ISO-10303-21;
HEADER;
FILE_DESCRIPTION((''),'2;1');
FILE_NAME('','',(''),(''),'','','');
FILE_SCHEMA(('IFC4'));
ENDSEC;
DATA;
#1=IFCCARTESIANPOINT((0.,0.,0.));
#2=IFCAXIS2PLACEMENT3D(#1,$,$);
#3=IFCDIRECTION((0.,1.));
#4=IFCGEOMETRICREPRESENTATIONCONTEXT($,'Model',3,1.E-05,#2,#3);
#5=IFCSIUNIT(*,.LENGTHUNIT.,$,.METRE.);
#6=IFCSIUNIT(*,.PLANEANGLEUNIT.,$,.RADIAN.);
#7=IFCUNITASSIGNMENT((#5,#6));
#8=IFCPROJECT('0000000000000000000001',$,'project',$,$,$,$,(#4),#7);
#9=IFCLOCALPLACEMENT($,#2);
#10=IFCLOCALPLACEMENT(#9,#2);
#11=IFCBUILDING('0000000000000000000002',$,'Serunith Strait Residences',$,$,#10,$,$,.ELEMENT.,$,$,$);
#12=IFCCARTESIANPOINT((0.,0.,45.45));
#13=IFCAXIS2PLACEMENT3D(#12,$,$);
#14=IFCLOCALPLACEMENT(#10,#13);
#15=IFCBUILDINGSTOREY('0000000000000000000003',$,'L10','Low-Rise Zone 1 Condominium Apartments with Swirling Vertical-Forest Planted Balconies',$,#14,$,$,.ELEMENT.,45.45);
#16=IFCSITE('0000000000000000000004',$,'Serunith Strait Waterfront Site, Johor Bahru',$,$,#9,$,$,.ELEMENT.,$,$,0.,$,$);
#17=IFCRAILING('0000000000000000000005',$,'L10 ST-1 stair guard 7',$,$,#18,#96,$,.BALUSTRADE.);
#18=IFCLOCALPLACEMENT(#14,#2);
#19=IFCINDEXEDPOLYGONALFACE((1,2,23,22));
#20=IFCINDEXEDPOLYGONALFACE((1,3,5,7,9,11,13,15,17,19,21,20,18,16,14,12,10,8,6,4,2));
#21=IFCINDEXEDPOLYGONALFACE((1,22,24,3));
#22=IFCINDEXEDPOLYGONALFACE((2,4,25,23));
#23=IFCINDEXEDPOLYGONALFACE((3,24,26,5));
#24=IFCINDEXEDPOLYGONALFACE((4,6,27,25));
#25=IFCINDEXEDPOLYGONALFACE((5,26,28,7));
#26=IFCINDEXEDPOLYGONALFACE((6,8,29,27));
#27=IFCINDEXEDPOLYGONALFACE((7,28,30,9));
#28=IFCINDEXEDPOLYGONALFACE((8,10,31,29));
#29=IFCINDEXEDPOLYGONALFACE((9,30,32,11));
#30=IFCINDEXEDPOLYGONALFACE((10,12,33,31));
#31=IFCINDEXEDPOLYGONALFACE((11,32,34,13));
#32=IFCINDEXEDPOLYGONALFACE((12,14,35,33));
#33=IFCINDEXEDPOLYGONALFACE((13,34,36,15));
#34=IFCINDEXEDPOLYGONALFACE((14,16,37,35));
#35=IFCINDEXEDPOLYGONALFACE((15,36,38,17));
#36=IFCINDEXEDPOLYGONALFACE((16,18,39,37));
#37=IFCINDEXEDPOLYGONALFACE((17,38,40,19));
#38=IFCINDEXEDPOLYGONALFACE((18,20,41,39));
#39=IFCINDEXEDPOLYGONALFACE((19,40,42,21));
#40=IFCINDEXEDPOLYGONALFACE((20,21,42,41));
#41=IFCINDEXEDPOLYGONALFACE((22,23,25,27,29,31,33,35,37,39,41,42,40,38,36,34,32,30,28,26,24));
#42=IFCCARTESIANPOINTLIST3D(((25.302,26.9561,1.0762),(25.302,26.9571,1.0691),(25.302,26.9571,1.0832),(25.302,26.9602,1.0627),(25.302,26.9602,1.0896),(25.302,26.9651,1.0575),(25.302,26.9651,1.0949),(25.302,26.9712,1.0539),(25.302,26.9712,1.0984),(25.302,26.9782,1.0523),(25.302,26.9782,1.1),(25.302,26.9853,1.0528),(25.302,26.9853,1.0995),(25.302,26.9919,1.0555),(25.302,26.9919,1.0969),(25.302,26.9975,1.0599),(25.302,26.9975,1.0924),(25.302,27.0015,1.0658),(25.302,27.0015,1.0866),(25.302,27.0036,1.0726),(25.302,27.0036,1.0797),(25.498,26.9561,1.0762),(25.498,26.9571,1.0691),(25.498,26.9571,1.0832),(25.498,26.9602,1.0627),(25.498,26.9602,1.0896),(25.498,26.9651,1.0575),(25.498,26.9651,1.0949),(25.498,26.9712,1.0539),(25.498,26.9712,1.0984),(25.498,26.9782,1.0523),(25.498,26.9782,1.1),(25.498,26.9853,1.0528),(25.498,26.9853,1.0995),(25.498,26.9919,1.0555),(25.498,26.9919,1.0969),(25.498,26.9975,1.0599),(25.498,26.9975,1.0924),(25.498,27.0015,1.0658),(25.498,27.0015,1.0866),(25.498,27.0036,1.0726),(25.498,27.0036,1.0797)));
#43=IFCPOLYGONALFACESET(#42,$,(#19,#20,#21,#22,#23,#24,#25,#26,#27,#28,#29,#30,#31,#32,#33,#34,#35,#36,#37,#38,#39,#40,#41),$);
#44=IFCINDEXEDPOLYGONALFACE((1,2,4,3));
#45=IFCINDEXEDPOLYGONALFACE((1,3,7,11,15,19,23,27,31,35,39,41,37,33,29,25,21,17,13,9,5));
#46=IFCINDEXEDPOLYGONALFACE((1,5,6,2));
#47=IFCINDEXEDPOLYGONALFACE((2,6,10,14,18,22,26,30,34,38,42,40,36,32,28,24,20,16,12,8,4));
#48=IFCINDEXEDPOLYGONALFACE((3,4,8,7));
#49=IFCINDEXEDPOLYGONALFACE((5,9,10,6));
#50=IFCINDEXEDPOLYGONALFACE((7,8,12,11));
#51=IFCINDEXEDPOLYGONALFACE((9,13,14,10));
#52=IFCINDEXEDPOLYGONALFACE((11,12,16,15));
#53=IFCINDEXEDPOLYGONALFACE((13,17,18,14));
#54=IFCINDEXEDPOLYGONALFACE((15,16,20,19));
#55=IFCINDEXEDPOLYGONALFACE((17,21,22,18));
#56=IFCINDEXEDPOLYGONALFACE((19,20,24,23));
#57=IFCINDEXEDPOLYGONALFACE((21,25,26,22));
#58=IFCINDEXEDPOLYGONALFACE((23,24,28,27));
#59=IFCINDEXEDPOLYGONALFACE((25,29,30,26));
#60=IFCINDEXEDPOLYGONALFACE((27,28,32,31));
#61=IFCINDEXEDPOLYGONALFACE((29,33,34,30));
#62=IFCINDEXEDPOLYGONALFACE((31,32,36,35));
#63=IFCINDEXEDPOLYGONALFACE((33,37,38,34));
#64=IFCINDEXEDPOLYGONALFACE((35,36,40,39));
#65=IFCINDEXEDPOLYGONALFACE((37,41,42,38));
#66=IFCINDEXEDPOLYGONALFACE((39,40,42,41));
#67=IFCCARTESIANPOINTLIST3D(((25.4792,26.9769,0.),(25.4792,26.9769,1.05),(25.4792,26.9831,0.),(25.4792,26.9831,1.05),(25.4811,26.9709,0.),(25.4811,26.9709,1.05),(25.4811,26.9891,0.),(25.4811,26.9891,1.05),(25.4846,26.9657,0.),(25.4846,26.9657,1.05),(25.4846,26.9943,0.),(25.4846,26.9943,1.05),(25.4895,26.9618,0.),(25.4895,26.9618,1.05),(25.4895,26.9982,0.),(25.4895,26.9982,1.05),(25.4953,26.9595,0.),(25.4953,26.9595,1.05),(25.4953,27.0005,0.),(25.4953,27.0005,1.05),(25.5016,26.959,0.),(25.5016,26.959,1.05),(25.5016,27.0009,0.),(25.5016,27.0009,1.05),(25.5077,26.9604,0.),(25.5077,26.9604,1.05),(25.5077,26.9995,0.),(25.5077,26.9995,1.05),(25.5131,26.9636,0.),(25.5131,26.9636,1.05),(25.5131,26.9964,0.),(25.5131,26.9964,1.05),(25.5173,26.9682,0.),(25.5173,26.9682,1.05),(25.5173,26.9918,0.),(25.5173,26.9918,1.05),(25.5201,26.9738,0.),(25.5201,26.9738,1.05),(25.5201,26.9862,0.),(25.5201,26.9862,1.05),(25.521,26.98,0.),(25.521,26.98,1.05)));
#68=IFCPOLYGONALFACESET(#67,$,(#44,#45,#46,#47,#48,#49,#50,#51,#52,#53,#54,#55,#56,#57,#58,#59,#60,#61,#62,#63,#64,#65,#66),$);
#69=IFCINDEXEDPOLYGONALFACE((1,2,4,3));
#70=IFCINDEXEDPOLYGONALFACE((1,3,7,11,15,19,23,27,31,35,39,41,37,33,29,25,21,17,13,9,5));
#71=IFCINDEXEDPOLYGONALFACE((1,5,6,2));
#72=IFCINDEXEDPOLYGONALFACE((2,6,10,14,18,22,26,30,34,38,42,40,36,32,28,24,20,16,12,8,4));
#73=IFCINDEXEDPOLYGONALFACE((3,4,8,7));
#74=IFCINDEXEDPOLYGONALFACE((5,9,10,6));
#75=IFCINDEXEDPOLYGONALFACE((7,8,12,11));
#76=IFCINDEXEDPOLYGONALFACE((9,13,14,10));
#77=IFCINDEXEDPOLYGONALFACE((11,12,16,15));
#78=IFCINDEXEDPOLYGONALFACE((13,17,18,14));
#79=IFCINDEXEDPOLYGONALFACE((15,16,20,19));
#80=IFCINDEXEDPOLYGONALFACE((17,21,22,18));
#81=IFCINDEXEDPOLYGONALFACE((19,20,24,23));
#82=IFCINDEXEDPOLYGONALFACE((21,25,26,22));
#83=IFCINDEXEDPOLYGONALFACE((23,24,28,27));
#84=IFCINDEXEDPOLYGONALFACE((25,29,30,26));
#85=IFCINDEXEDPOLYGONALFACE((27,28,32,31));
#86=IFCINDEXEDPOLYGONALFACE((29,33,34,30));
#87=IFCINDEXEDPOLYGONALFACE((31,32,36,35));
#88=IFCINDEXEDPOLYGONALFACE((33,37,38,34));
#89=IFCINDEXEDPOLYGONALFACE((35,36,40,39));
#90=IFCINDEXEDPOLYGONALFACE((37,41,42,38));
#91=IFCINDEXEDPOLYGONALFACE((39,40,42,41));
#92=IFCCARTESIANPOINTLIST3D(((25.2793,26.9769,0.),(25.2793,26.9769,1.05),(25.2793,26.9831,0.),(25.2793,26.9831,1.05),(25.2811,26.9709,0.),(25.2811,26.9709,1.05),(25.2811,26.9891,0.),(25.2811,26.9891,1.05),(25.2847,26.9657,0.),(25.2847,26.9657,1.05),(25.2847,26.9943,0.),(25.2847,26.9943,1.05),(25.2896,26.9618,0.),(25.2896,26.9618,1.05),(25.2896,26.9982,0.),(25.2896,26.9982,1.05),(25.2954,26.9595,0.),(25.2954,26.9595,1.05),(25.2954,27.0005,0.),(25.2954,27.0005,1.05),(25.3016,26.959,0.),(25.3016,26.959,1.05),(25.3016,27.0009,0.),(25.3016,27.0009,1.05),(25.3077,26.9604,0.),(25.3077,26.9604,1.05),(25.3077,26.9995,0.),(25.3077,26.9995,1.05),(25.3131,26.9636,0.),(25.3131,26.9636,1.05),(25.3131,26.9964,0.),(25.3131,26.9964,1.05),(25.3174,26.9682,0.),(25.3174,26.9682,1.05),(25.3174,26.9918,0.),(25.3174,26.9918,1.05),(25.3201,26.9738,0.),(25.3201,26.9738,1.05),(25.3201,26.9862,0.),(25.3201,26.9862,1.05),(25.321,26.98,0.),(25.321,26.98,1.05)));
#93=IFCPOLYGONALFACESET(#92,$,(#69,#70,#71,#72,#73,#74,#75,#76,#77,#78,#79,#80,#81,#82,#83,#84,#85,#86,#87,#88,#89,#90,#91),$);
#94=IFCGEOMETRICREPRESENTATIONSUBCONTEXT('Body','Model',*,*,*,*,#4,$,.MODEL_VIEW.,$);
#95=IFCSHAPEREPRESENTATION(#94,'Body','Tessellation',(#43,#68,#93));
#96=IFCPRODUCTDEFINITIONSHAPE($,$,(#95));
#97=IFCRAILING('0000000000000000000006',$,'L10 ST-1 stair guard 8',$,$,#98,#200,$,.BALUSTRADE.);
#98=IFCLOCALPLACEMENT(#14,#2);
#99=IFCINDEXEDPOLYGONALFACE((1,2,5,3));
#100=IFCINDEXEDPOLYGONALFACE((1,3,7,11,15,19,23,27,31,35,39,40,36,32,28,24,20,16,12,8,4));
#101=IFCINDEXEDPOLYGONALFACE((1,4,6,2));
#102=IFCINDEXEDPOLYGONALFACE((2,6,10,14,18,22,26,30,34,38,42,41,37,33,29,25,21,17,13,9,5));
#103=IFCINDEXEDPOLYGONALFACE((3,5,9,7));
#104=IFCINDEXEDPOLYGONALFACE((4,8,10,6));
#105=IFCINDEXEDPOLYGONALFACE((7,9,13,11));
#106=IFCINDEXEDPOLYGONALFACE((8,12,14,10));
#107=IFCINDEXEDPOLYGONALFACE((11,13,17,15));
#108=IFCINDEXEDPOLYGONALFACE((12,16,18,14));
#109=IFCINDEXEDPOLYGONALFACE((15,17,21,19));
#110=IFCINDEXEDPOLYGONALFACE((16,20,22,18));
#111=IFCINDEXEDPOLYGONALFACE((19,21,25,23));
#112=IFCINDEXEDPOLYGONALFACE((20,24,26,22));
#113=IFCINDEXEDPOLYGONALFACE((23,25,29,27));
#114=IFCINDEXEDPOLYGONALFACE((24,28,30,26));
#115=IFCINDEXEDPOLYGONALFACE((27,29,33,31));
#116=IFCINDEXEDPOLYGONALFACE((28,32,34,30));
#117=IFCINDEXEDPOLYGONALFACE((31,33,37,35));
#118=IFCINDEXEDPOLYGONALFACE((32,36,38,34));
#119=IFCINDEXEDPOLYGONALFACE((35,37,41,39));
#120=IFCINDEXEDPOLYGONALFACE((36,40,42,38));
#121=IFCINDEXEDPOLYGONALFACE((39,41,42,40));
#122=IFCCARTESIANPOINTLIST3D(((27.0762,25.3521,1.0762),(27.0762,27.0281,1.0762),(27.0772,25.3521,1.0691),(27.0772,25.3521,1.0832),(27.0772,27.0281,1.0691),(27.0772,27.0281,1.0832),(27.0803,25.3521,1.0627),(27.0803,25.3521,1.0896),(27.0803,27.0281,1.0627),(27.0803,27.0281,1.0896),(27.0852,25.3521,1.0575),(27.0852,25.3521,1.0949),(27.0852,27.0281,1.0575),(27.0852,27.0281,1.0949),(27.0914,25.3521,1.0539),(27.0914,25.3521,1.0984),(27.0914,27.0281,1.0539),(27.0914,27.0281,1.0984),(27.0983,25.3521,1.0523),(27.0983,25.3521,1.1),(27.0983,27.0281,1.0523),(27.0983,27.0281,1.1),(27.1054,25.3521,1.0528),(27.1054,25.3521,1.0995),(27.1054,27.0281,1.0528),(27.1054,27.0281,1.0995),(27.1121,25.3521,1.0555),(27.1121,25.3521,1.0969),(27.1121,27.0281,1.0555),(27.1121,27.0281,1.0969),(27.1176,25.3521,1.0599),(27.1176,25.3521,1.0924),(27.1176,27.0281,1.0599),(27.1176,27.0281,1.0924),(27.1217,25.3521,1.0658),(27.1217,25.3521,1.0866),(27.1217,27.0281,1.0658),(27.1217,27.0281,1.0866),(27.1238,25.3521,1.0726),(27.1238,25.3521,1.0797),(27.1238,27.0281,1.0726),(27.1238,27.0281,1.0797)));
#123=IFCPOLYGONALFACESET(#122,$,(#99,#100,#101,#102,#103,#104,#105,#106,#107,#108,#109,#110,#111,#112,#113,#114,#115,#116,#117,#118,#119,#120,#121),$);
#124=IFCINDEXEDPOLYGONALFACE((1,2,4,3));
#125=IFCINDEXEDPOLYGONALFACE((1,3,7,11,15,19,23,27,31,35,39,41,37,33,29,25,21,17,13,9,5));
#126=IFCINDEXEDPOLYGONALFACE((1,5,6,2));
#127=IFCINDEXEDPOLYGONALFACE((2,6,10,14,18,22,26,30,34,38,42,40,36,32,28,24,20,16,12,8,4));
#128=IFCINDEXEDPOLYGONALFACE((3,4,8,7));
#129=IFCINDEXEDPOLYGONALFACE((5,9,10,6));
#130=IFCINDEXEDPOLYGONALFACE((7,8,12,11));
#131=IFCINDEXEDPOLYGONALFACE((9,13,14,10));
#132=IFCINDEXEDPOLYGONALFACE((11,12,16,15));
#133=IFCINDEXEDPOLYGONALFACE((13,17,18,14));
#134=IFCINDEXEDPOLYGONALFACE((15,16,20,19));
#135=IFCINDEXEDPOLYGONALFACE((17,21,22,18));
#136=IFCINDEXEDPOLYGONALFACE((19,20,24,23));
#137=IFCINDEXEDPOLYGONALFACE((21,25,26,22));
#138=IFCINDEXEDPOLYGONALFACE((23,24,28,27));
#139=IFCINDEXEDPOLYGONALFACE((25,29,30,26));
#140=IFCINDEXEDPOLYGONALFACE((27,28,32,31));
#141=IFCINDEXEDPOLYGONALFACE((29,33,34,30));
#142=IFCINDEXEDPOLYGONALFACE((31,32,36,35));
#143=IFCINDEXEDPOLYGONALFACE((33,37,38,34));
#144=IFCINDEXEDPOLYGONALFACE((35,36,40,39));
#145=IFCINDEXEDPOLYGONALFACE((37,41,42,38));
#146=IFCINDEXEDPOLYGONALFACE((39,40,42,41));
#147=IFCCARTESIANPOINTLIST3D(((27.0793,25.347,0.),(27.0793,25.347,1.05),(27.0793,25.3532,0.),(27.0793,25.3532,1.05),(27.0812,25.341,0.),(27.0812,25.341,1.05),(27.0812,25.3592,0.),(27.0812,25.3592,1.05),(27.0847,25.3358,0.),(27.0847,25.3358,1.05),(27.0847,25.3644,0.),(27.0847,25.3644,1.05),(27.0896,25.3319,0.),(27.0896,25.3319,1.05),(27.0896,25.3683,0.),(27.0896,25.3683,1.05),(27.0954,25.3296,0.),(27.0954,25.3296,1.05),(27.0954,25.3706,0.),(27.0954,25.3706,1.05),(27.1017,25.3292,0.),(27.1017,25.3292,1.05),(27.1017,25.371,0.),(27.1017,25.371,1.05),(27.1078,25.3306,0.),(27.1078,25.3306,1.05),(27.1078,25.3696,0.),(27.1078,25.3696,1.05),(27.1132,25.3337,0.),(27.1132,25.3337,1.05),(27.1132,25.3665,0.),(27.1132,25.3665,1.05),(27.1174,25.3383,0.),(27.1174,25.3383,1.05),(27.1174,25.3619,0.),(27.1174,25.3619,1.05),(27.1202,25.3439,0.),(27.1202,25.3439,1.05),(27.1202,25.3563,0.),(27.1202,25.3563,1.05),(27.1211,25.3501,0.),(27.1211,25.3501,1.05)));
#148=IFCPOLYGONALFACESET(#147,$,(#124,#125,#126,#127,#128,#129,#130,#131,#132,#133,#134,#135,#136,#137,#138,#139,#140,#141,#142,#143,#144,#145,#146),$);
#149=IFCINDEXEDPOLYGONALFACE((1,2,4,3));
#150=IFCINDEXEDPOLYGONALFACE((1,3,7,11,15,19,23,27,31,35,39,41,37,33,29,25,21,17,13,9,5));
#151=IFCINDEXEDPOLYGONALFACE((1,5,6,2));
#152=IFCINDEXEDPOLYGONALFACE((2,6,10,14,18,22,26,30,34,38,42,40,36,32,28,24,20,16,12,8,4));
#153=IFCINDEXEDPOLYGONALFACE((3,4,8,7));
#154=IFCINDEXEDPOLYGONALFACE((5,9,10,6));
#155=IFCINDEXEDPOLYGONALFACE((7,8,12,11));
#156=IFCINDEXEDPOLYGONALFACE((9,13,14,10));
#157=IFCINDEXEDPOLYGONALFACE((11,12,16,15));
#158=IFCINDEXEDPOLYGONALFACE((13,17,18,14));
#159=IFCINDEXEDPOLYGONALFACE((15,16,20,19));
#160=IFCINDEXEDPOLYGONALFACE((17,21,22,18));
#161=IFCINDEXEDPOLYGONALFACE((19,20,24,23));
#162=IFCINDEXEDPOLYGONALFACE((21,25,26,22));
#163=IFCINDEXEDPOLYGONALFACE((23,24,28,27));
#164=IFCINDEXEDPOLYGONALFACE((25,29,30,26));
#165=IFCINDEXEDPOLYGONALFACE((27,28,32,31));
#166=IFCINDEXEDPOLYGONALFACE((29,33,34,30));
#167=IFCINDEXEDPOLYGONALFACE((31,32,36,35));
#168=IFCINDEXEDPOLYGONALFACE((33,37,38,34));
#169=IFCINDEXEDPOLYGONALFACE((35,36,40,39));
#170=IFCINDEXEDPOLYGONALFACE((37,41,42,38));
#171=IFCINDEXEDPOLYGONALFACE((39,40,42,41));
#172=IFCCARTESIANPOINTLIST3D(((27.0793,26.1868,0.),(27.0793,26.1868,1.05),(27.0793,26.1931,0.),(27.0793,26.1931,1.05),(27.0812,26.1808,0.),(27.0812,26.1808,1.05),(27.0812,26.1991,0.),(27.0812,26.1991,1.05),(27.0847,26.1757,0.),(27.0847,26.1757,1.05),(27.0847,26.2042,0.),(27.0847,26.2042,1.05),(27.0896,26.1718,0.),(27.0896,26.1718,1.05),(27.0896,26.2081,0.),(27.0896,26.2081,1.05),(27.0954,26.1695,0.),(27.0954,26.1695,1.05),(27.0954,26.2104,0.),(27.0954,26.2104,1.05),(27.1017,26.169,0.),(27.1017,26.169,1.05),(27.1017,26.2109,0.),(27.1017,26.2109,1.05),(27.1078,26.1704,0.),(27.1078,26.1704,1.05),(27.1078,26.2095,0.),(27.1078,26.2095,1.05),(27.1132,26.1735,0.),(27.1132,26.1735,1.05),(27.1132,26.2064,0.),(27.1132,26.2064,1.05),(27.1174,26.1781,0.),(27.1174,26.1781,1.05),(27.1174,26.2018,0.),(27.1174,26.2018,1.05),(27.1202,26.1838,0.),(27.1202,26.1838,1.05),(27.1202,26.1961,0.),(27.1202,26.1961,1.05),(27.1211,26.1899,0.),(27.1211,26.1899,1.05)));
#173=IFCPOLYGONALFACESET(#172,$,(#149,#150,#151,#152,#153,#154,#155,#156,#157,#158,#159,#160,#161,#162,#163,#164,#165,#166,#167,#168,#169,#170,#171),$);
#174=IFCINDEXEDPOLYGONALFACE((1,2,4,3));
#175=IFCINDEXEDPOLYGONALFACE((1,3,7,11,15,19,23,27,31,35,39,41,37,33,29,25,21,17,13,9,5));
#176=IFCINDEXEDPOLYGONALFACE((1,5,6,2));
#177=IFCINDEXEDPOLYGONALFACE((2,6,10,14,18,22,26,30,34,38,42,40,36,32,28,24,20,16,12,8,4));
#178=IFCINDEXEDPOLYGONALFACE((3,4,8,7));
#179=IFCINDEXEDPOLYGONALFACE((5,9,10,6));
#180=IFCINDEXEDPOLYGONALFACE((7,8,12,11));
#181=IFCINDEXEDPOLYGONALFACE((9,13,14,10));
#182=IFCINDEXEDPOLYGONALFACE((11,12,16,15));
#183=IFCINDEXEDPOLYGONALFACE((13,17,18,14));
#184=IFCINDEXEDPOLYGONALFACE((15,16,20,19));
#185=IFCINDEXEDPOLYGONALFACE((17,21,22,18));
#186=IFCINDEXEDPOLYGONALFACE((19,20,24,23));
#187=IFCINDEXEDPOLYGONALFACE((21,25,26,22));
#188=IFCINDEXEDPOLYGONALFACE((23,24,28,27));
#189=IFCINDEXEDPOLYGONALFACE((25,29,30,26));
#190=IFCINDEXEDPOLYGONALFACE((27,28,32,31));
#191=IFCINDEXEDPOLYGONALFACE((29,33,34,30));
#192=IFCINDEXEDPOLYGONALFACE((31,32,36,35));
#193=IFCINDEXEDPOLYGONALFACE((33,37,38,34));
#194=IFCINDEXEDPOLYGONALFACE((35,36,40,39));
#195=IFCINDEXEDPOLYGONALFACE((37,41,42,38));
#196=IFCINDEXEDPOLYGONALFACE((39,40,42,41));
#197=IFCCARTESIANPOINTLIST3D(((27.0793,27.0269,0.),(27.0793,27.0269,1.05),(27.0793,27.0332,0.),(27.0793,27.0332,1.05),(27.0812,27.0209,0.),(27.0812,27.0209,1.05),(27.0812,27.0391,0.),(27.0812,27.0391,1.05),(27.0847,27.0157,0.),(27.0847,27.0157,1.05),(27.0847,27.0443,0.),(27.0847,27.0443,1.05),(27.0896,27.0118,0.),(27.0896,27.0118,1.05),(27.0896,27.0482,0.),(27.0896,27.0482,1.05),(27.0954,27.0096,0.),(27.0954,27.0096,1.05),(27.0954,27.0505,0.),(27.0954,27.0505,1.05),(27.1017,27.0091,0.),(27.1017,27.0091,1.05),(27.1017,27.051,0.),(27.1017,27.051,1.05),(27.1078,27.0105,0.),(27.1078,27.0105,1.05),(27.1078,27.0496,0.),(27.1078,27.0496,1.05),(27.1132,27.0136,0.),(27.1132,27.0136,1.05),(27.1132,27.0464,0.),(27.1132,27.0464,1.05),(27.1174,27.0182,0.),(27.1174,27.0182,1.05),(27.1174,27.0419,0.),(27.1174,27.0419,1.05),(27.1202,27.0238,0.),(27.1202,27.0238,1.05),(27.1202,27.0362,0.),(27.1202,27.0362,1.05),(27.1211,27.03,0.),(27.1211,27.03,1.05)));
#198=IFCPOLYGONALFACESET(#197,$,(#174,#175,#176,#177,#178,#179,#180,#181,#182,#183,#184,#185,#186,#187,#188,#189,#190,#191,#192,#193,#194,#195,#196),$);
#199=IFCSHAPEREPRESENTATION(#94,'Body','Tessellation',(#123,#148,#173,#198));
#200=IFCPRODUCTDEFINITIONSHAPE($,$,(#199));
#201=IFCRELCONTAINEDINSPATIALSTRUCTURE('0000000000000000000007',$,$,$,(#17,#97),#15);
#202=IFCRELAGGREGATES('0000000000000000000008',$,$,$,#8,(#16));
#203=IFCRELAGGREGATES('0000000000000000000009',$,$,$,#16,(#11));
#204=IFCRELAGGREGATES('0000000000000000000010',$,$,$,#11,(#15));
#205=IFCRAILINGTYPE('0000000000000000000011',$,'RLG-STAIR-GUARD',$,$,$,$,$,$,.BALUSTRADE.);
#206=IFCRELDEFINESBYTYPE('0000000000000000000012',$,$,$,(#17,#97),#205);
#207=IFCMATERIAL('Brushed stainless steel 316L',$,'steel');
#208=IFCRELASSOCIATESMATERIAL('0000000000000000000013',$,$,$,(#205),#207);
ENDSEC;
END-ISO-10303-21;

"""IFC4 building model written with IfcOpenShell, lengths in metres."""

from ifc_helpers import new_model, si_unit, direction, frame, origin, origin_2d, place, context, subcontext, project, spatial, circle, extrude, material, type_object, element, save


model = new_model("IFC4")

# Units and contexts
model_context = context("Model", 3, precision=1e-05, world=origin(), true_north=direction((0.0, 1.0)))
body_context = subcontext(model_context, "Body", "Model", "MODEL_VIEW")
ifc_project = project(units=[si_unit("LENGTHUNIT", "METRE"), si_unit("PLANEANGLEUNIT", "RADIAN")], contexts=[model_context])

# Site, building, storey
site_placement = place(None, origin())
site = spatial("IfcSite", under=ifc_project, at=site_placement, Name="Serunith Strait Waterfront Site, Johor Bahru", CompositionType="ELEMENT", RefElevation=0.0)
building_placement = place(site_placement, origin())
building = spatial("IfcBuilding", under=site, at=building_placement, Name="Serunith Strait Residences", CompositionType="ELEMENT")
storey_placement = place(building_placement, frame((0.0, 0.0, 45.45)))
storey = spatial("IfcBuildingStorey", under=building, at=storey_placement, Name="L10", Description="Low-Rise Zone 1 Condominium Apartments with Swirling Vertical-Forest Planted Balconies", CompositionType="ELEMENT", Elevation=45.45)

# Railings
ifc_material_1 = material(Name="Brushed stainless steel 316L", Category="steel")
railing_type_1 = type_object("IfcRailingType", Name="RLG-STAIR-GUARD", PredefinedType="BALUSTRADE", material=ifc_material_1)
railing_1_placement = place(storey_placement, frame((25.5, 26.98, 0.0)))
element("IfcRailing", 1, at=railing_1_placement, inside=storey, type_object=railing_type_1, Name="L10 ST-1 stair guard 7", PredefinedType="BALUSTRADE", context=body_context, shape_type="SweptSolid", body=[
    extrude(circle(Radius=0.0239, at=origin_2d()), frame((-0.002, 0.0, 1.0762), z_axis=(-1.0, 0.0, 0.0), x_axis=(0.0, -1.0, 0.0)), (0.0, 0.0, 1.0), 0.196),
    extrude(circle(Radius=0.021, at=origin_2d()), origin(), (0.0, 0.0, 1.0), 1.05),
    extrude(circle(Radius=0.021, at=origin_2d()), frame((-0.2, 0.0, 0.0)), (0.0, 0.0, 1.0), 1.05),
])
for number, where, name in (
    (2, (27.1001, 25.3501, 0.0), "L10 ST-1 stair guard 8"),
):
    element("IfcRailing", number, at=place(storey_placement, frame(where)), inside=storey, type_object=railing_type_1, Name=name, PredefinedType="BALUSTRADE", context=body_context, shape_type="SweptSolid", body=[
        extrude(circle(Radius=0.0239, at=origin_2d()), frame((0.0, 0.002, 1.0762), z_axis=(0.0, 1.0, 0.0), x_axis=(-1.0, 0.0, 0.0)), (0.0, 0.0, 1.0), 1.676),
        extrude(circle(Radius=0.021, at=origin_2d()), origin(), (0.0, 0.0, 1.0), 1.05),
        extrude(circle(Radius=0.021, at=origin_2d()), frame((0.0, 0.8398, 0.0)), (0.0, 0.0, 1.0), 1.05),
        extrude(circle(Radius=0.021, at=origin_2d()), frame((0.0, 1.6799, 0.0)), (0.0, 0.0, 1.0), 1.05),
    ])

save(model, "model.ifc")
